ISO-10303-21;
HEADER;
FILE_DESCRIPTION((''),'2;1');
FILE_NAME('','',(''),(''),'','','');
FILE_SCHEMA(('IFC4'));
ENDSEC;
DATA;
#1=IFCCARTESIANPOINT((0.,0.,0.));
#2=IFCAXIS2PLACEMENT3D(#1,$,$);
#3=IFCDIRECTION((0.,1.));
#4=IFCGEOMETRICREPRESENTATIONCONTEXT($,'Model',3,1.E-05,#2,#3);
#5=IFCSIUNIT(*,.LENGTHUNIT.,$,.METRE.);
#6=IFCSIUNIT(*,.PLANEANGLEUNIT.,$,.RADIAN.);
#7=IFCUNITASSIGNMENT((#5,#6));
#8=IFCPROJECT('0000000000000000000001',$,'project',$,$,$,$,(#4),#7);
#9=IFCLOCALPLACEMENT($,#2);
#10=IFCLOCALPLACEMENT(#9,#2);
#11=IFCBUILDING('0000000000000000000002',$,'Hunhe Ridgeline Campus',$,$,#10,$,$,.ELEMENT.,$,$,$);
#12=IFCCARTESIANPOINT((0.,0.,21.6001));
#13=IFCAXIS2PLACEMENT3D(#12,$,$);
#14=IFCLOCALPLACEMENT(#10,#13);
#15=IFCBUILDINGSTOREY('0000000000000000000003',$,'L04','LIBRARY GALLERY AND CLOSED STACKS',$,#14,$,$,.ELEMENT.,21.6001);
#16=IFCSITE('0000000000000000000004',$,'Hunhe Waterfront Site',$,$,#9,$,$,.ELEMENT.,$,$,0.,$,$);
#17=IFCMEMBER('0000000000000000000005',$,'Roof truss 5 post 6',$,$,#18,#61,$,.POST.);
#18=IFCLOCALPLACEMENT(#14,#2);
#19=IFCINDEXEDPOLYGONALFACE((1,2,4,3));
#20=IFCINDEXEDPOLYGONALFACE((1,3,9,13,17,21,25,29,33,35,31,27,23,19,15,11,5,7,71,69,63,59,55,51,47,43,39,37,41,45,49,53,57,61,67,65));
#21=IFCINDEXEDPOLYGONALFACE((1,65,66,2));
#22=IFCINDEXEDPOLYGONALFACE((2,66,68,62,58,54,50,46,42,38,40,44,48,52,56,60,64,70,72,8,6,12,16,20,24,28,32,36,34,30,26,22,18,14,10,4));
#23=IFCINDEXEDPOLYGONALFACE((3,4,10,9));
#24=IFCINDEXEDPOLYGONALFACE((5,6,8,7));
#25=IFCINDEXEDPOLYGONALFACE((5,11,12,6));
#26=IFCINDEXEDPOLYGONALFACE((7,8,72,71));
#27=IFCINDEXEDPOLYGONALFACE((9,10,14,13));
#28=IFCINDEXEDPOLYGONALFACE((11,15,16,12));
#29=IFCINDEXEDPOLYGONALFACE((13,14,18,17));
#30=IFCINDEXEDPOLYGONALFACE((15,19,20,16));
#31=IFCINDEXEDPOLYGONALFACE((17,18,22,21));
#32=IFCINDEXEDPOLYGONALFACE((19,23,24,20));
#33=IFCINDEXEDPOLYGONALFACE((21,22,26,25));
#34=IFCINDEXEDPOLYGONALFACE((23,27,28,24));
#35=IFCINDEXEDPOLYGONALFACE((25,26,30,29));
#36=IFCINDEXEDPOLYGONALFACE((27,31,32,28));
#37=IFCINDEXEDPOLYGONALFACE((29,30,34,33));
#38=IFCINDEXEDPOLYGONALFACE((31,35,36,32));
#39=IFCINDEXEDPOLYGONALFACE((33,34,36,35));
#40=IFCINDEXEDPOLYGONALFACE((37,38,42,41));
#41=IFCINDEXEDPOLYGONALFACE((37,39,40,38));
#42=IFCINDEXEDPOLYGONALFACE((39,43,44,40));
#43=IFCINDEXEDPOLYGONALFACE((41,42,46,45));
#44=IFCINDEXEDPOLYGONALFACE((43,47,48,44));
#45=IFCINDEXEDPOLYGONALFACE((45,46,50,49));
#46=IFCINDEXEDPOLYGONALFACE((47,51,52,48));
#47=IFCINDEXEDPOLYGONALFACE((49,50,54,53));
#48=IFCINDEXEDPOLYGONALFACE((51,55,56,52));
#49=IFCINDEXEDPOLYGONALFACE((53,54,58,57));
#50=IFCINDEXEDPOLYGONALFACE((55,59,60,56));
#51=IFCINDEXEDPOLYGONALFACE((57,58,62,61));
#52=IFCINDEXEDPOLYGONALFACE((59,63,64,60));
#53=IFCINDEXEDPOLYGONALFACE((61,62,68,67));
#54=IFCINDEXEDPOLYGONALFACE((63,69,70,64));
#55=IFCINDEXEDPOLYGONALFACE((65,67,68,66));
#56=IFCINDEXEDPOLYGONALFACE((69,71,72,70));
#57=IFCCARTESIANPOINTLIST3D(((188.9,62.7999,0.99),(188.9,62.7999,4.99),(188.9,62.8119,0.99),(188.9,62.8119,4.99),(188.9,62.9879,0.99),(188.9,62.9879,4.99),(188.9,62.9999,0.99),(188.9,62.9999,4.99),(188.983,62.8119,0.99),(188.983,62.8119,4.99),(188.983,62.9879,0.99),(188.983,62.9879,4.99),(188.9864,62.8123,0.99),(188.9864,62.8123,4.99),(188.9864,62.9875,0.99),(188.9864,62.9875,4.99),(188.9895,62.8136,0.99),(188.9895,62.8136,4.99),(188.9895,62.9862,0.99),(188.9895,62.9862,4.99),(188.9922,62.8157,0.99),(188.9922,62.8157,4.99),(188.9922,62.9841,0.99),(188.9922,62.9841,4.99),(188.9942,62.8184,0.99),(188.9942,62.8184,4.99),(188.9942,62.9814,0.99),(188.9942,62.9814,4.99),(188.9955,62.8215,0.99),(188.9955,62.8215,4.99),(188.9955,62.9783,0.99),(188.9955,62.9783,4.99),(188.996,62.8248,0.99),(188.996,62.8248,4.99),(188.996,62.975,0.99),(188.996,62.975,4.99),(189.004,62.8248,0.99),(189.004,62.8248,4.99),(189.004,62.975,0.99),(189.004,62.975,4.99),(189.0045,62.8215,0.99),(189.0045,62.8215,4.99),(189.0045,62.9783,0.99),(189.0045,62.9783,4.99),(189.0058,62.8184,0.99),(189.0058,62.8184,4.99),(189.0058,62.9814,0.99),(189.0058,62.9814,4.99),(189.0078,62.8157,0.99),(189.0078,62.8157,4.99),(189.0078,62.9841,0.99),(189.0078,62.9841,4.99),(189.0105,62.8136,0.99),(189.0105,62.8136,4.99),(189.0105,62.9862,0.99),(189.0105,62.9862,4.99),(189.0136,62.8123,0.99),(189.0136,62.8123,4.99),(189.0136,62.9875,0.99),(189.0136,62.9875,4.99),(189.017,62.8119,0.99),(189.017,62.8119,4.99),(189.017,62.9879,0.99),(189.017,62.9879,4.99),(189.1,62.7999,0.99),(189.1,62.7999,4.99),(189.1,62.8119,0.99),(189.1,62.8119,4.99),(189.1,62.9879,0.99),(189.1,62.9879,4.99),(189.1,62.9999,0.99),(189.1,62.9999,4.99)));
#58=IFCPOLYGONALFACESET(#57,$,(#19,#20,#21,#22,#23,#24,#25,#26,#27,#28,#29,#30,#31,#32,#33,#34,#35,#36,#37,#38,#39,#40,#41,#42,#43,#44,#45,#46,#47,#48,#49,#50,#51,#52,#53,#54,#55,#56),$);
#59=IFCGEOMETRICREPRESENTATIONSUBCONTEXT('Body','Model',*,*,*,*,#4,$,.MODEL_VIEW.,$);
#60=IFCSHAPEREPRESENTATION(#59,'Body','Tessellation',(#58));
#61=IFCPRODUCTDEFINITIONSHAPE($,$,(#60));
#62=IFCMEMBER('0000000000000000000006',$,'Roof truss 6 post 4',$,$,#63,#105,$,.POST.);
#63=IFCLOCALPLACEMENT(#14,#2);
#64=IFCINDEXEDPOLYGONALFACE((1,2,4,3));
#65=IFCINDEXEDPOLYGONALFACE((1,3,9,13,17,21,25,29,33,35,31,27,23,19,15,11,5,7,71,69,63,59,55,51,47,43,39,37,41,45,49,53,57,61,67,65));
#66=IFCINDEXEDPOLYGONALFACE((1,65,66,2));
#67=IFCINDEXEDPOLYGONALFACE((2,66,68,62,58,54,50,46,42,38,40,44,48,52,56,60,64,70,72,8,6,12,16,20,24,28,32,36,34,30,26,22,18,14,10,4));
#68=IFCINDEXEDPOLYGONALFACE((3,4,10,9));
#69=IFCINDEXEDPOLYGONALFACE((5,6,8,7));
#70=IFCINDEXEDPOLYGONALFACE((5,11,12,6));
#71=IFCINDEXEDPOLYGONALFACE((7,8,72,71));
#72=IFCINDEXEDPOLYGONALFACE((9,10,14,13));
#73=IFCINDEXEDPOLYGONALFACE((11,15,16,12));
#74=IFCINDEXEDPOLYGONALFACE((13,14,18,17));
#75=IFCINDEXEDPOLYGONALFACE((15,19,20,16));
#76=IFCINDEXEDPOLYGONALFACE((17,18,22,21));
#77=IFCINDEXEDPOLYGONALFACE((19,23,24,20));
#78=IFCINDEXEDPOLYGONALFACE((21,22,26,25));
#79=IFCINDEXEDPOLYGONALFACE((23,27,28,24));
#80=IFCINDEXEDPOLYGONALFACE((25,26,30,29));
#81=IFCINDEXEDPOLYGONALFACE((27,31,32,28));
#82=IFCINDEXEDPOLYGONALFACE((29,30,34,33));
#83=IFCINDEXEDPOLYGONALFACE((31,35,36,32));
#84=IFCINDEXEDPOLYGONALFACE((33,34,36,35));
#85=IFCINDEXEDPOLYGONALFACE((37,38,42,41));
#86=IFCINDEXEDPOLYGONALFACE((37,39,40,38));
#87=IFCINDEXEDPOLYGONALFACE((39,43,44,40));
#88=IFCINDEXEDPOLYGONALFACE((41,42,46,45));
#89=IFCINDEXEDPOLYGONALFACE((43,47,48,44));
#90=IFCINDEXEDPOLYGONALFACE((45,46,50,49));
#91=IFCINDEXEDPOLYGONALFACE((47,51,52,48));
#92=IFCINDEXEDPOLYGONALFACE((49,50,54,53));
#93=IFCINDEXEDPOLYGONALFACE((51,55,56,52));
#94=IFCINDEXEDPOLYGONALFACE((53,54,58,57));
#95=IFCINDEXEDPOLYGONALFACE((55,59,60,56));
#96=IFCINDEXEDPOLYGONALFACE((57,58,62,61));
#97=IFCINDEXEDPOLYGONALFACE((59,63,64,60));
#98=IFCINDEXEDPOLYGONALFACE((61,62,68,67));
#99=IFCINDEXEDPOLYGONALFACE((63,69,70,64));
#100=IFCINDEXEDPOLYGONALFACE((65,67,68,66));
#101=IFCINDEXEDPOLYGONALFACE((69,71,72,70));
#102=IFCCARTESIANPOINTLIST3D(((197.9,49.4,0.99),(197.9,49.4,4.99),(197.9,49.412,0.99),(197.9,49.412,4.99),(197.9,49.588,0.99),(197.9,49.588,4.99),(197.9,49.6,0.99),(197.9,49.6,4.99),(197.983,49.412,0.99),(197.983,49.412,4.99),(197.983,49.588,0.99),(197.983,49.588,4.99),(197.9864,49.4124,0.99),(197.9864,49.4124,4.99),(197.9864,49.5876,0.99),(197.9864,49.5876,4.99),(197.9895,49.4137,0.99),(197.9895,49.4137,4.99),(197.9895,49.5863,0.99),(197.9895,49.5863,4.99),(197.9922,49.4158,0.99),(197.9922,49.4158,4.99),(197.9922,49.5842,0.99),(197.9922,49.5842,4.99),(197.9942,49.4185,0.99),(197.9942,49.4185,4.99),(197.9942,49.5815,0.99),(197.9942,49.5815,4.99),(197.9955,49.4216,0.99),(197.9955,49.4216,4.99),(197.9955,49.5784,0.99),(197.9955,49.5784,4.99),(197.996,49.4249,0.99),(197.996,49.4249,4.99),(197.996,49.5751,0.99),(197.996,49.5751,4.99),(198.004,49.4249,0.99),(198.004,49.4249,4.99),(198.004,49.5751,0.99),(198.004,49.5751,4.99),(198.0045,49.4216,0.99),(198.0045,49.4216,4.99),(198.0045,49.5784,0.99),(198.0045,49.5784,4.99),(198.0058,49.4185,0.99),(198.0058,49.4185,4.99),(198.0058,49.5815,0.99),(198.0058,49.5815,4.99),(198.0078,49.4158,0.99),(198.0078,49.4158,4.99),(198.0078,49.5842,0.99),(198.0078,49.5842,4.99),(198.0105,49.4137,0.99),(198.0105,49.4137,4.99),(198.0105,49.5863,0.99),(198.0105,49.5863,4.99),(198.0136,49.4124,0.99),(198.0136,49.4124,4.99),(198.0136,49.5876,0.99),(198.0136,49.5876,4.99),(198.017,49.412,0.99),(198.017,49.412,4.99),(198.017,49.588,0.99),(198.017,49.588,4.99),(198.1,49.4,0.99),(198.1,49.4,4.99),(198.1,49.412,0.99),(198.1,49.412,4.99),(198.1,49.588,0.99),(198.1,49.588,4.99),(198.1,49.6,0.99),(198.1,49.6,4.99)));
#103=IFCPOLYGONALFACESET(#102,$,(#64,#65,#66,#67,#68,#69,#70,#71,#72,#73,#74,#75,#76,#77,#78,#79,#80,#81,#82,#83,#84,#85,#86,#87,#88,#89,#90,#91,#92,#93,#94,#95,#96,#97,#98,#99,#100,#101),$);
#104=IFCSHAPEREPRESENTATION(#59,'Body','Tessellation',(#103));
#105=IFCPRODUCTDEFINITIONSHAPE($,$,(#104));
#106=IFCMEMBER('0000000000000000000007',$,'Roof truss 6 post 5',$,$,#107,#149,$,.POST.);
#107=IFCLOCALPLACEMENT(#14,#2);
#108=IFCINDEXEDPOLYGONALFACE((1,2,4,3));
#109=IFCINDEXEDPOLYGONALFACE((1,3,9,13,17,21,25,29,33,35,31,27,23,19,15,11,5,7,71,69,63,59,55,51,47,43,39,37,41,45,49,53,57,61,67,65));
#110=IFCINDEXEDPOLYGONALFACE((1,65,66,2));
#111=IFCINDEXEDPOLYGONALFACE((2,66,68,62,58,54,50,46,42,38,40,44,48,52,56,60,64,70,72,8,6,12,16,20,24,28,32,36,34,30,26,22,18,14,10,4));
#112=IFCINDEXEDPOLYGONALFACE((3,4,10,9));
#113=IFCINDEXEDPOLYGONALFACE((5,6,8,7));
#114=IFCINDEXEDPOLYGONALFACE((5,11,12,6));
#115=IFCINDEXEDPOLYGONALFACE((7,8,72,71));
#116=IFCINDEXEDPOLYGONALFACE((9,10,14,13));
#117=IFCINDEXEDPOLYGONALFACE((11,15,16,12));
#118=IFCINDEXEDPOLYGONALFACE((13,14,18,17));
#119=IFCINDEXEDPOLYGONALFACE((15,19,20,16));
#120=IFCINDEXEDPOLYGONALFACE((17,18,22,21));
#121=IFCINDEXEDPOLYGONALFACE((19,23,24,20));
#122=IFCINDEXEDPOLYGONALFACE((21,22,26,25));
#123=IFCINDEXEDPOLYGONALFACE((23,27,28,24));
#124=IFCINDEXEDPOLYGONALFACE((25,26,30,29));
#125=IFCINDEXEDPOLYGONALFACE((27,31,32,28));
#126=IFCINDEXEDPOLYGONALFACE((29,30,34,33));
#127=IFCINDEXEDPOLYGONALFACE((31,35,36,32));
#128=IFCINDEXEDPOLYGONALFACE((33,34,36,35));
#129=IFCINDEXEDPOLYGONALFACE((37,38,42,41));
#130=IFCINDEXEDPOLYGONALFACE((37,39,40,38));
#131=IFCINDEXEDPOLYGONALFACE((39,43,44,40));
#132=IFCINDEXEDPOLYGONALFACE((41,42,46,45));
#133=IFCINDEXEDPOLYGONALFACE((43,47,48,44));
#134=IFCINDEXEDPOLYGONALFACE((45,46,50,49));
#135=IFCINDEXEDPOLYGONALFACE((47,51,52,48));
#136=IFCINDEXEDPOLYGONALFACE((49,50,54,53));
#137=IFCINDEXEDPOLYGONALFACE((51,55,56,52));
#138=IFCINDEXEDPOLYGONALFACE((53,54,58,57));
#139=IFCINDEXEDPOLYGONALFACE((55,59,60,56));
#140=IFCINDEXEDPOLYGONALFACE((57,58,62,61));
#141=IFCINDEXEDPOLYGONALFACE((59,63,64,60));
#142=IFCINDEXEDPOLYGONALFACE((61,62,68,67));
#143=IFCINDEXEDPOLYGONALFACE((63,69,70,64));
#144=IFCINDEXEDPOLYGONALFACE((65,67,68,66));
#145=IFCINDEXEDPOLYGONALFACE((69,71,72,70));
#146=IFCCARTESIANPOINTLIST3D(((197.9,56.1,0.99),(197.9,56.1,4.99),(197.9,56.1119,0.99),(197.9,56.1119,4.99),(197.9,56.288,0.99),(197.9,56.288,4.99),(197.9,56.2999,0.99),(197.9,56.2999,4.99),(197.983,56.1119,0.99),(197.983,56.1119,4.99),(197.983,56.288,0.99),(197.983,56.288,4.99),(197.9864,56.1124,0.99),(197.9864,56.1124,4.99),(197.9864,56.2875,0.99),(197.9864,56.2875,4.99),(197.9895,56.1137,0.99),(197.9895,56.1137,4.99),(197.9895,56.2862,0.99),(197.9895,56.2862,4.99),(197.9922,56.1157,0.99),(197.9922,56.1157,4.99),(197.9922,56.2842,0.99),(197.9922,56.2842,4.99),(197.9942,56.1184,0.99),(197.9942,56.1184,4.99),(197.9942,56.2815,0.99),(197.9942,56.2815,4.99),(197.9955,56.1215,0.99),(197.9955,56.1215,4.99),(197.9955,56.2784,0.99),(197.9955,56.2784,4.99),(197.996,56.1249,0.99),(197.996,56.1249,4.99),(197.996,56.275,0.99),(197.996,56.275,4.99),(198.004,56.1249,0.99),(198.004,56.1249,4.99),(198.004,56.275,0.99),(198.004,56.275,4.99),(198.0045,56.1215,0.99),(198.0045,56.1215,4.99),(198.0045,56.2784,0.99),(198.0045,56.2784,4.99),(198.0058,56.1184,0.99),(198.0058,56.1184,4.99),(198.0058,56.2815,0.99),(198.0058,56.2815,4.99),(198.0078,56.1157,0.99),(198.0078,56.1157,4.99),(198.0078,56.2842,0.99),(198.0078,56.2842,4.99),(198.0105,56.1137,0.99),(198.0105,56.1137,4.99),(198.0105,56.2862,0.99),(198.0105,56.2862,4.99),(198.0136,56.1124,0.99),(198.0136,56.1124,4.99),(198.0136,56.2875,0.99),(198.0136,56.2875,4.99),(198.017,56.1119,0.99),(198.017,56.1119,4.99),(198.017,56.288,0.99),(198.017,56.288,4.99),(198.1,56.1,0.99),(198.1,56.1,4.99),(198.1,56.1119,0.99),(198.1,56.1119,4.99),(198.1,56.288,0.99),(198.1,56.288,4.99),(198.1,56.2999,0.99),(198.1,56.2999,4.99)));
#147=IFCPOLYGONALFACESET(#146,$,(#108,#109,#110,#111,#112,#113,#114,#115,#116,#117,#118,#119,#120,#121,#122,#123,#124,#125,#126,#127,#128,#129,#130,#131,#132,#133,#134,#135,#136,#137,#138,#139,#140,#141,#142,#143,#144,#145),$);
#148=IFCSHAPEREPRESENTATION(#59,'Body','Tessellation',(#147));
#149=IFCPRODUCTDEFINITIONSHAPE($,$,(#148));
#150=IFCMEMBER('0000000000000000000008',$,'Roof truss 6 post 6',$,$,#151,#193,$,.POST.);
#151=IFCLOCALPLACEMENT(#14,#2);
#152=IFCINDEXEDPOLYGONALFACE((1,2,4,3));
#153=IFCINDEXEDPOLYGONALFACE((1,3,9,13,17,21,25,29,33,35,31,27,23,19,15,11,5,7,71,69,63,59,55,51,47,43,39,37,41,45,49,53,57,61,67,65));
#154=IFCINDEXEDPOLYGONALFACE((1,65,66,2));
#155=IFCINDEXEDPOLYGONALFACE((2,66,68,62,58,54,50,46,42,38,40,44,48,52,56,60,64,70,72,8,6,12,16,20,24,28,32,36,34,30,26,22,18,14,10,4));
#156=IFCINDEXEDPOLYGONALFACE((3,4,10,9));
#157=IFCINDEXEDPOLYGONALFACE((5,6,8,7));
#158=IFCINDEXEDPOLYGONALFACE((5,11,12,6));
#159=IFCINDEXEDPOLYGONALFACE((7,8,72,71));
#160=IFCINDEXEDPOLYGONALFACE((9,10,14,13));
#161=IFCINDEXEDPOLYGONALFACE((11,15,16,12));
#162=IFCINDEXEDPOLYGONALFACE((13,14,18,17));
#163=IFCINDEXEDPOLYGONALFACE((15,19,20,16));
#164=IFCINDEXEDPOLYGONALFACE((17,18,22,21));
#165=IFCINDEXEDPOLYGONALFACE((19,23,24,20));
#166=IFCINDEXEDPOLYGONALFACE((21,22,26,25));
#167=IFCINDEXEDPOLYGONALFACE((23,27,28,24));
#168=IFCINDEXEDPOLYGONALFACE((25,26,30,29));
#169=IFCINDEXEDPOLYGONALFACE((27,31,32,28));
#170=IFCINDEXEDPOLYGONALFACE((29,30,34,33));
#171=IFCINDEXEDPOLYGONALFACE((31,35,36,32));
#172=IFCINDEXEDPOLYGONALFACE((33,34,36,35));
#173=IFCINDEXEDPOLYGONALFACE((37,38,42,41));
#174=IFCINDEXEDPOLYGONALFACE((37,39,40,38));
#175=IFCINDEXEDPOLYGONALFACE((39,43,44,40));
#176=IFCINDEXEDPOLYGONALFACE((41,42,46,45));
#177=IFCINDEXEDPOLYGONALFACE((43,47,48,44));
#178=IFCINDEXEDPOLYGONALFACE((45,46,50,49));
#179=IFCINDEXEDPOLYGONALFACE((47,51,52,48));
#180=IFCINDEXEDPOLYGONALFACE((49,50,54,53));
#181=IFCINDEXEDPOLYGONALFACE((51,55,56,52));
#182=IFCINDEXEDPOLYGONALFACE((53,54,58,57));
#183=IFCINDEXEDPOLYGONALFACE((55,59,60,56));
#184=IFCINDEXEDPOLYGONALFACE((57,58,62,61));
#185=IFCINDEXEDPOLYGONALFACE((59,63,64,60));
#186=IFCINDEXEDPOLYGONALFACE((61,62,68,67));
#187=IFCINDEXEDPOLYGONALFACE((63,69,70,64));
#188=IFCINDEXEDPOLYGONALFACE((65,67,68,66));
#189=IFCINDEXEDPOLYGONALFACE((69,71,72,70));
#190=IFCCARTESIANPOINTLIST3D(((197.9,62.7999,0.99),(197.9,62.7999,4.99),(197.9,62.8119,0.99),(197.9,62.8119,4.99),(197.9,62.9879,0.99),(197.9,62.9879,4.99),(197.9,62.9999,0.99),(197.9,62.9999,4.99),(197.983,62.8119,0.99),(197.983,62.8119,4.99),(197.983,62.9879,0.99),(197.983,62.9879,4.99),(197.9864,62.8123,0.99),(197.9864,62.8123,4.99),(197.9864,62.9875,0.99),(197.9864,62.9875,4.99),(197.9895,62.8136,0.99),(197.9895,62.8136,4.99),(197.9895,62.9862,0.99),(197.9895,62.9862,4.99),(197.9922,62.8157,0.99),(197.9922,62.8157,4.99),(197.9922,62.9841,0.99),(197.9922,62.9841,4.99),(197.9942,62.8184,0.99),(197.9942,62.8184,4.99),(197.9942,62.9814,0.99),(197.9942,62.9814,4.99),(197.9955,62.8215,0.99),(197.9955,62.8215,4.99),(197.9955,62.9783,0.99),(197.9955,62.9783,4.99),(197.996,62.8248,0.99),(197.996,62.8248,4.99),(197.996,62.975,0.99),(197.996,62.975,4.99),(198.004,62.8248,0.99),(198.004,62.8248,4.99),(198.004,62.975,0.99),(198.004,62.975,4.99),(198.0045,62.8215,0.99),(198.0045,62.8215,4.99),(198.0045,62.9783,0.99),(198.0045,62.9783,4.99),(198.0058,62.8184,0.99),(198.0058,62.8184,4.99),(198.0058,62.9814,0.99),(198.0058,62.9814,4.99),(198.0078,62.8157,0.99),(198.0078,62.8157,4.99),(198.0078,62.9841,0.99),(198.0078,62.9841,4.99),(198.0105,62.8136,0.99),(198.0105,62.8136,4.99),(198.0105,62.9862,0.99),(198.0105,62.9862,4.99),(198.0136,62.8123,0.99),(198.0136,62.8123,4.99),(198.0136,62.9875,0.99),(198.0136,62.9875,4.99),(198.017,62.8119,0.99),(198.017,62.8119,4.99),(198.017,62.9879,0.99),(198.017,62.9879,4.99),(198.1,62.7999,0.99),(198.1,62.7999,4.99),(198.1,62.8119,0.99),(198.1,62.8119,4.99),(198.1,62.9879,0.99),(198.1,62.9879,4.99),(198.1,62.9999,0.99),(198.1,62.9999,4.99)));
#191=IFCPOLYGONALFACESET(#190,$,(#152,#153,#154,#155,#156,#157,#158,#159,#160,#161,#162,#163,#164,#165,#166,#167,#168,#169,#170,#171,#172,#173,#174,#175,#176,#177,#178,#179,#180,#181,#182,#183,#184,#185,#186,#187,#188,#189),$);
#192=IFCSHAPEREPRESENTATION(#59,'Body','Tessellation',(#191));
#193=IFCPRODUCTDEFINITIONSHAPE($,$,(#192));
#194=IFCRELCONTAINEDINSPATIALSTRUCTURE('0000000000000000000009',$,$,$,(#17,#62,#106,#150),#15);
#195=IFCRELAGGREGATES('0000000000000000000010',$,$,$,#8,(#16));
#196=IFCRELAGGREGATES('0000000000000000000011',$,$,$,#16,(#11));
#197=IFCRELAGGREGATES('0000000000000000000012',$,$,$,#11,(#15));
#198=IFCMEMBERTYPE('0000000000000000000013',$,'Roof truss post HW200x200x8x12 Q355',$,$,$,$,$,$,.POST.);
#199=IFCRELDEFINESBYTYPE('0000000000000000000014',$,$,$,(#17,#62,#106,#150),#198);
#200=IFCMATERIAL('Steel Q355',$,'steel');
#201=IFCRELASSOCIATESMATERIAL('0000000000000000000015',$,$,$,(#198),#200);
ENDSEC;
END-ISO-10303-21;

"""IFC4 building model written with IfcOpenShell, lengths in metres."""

from ifc_helpers import new_model, si_unit, direction, frame, origin, origin_2d, place, context, subcontext, project, spatial, i_section, extrude, material, material_profile, profile_set, type_object, element, save


model = new_model("IFC4")

# Units and contexts
model_context = context("Model", 3, precision=1e-05, world=origin(), true_north=direction((0.0, 1.0)))
body_context = subcontext(model_context, "Body", "Model", "MODEL_VIEW")
ifc_project = project(units=[si_unit("LENGTHUNIT", "METRE"), si_unit("PLANEANGLEUNIT", "RADIAN")], contexts=[model_context])

# Site, building, storey
site_placement = place(None, origin())
site = spatial("IfcSite", under=ifc_project, at=site_placement, Name="Hunhe Waterfront Site", CompositionType="ELEMENT", RefElevation=0.0)
building_placement = place(site_placement, origin())
building = spatial("IfcBuilding", under=site, at=building_placement, Name="Hunhe Ridgeline Campus", CompositionType="ELEMENT")
storey_placement = place(building_placement, frame((0.0, 0.0, 21.6001)))
storey = spatial("IfcBuildingStorey", under=building, at=storey_placement, Name="L04", Description="LIBRARY GALLERY AND CLOSED STACKS", CompositionType="ELEMENT", Elevation=21.6001)

# Members
ifc_material_1 = material(Name="Steel Q355", Category="steel")
ifc_material_profile_1 = material_profile(ifc_material_1, i_section(OverallWidth=0.2, OverallDepth=0.2, WebThickness=0.0081, FlangeThickness=0.012, FilletRadius=0.0129, at=origin_2d()))
ifc_profile_set_1 = profile_set([ifc_material_profile_1], Name="Steel Q355")
member_type_1 = type_object("IfcMemberType", Name="Roof truss post HW200x200x8x12 Q355", PredefinedType="POST", material=ifc_profile_set_1)
for number, where, z_axis, x_axis, name in (
    (1, (189.0, 62.8999, 0.99), (0.0, 0.0, 1.0), (1.0, 0.0, 0.0), "Roof truss 5 post 6"),
    (2, (198.0, 49.5, 0.99), (0.0, 0.0, 1.0), (1.0, 0.0, 0.0), "Roof truss 6 post 4"),
    (3, (198.0, 56.2, 0.99), (0.0, 0.0, 1.0), (1.0, 0.0, 0.0), "Roof truss 6 post 5"),
    (4, (198.0, 62.8999, 0.99), (0.0, 0.0, 1.0), (1.0, 0.0, 0.0), "Roof truss 6 post 6"),
):
    element("IfcMember", number, at=place(storey_placement, frame(where, z_axis=z_axis, x_axis=x_axis)), inside=storey, type_object=member_type_1, Name=name, PredefinedType="POST", context=body_context, shape_type="SweptSolid", body=[
        extrude(i_section(OverallWidth=0.2, OverallDepth=0.2, WebThickness=0.0081, FlangeThickness=0.012, FilletRadius=0.0129, at=origin_2d()), origin(), (0.0, 0.0, 1.0), 4.0),
    ])

save(model, "model.ifc")
